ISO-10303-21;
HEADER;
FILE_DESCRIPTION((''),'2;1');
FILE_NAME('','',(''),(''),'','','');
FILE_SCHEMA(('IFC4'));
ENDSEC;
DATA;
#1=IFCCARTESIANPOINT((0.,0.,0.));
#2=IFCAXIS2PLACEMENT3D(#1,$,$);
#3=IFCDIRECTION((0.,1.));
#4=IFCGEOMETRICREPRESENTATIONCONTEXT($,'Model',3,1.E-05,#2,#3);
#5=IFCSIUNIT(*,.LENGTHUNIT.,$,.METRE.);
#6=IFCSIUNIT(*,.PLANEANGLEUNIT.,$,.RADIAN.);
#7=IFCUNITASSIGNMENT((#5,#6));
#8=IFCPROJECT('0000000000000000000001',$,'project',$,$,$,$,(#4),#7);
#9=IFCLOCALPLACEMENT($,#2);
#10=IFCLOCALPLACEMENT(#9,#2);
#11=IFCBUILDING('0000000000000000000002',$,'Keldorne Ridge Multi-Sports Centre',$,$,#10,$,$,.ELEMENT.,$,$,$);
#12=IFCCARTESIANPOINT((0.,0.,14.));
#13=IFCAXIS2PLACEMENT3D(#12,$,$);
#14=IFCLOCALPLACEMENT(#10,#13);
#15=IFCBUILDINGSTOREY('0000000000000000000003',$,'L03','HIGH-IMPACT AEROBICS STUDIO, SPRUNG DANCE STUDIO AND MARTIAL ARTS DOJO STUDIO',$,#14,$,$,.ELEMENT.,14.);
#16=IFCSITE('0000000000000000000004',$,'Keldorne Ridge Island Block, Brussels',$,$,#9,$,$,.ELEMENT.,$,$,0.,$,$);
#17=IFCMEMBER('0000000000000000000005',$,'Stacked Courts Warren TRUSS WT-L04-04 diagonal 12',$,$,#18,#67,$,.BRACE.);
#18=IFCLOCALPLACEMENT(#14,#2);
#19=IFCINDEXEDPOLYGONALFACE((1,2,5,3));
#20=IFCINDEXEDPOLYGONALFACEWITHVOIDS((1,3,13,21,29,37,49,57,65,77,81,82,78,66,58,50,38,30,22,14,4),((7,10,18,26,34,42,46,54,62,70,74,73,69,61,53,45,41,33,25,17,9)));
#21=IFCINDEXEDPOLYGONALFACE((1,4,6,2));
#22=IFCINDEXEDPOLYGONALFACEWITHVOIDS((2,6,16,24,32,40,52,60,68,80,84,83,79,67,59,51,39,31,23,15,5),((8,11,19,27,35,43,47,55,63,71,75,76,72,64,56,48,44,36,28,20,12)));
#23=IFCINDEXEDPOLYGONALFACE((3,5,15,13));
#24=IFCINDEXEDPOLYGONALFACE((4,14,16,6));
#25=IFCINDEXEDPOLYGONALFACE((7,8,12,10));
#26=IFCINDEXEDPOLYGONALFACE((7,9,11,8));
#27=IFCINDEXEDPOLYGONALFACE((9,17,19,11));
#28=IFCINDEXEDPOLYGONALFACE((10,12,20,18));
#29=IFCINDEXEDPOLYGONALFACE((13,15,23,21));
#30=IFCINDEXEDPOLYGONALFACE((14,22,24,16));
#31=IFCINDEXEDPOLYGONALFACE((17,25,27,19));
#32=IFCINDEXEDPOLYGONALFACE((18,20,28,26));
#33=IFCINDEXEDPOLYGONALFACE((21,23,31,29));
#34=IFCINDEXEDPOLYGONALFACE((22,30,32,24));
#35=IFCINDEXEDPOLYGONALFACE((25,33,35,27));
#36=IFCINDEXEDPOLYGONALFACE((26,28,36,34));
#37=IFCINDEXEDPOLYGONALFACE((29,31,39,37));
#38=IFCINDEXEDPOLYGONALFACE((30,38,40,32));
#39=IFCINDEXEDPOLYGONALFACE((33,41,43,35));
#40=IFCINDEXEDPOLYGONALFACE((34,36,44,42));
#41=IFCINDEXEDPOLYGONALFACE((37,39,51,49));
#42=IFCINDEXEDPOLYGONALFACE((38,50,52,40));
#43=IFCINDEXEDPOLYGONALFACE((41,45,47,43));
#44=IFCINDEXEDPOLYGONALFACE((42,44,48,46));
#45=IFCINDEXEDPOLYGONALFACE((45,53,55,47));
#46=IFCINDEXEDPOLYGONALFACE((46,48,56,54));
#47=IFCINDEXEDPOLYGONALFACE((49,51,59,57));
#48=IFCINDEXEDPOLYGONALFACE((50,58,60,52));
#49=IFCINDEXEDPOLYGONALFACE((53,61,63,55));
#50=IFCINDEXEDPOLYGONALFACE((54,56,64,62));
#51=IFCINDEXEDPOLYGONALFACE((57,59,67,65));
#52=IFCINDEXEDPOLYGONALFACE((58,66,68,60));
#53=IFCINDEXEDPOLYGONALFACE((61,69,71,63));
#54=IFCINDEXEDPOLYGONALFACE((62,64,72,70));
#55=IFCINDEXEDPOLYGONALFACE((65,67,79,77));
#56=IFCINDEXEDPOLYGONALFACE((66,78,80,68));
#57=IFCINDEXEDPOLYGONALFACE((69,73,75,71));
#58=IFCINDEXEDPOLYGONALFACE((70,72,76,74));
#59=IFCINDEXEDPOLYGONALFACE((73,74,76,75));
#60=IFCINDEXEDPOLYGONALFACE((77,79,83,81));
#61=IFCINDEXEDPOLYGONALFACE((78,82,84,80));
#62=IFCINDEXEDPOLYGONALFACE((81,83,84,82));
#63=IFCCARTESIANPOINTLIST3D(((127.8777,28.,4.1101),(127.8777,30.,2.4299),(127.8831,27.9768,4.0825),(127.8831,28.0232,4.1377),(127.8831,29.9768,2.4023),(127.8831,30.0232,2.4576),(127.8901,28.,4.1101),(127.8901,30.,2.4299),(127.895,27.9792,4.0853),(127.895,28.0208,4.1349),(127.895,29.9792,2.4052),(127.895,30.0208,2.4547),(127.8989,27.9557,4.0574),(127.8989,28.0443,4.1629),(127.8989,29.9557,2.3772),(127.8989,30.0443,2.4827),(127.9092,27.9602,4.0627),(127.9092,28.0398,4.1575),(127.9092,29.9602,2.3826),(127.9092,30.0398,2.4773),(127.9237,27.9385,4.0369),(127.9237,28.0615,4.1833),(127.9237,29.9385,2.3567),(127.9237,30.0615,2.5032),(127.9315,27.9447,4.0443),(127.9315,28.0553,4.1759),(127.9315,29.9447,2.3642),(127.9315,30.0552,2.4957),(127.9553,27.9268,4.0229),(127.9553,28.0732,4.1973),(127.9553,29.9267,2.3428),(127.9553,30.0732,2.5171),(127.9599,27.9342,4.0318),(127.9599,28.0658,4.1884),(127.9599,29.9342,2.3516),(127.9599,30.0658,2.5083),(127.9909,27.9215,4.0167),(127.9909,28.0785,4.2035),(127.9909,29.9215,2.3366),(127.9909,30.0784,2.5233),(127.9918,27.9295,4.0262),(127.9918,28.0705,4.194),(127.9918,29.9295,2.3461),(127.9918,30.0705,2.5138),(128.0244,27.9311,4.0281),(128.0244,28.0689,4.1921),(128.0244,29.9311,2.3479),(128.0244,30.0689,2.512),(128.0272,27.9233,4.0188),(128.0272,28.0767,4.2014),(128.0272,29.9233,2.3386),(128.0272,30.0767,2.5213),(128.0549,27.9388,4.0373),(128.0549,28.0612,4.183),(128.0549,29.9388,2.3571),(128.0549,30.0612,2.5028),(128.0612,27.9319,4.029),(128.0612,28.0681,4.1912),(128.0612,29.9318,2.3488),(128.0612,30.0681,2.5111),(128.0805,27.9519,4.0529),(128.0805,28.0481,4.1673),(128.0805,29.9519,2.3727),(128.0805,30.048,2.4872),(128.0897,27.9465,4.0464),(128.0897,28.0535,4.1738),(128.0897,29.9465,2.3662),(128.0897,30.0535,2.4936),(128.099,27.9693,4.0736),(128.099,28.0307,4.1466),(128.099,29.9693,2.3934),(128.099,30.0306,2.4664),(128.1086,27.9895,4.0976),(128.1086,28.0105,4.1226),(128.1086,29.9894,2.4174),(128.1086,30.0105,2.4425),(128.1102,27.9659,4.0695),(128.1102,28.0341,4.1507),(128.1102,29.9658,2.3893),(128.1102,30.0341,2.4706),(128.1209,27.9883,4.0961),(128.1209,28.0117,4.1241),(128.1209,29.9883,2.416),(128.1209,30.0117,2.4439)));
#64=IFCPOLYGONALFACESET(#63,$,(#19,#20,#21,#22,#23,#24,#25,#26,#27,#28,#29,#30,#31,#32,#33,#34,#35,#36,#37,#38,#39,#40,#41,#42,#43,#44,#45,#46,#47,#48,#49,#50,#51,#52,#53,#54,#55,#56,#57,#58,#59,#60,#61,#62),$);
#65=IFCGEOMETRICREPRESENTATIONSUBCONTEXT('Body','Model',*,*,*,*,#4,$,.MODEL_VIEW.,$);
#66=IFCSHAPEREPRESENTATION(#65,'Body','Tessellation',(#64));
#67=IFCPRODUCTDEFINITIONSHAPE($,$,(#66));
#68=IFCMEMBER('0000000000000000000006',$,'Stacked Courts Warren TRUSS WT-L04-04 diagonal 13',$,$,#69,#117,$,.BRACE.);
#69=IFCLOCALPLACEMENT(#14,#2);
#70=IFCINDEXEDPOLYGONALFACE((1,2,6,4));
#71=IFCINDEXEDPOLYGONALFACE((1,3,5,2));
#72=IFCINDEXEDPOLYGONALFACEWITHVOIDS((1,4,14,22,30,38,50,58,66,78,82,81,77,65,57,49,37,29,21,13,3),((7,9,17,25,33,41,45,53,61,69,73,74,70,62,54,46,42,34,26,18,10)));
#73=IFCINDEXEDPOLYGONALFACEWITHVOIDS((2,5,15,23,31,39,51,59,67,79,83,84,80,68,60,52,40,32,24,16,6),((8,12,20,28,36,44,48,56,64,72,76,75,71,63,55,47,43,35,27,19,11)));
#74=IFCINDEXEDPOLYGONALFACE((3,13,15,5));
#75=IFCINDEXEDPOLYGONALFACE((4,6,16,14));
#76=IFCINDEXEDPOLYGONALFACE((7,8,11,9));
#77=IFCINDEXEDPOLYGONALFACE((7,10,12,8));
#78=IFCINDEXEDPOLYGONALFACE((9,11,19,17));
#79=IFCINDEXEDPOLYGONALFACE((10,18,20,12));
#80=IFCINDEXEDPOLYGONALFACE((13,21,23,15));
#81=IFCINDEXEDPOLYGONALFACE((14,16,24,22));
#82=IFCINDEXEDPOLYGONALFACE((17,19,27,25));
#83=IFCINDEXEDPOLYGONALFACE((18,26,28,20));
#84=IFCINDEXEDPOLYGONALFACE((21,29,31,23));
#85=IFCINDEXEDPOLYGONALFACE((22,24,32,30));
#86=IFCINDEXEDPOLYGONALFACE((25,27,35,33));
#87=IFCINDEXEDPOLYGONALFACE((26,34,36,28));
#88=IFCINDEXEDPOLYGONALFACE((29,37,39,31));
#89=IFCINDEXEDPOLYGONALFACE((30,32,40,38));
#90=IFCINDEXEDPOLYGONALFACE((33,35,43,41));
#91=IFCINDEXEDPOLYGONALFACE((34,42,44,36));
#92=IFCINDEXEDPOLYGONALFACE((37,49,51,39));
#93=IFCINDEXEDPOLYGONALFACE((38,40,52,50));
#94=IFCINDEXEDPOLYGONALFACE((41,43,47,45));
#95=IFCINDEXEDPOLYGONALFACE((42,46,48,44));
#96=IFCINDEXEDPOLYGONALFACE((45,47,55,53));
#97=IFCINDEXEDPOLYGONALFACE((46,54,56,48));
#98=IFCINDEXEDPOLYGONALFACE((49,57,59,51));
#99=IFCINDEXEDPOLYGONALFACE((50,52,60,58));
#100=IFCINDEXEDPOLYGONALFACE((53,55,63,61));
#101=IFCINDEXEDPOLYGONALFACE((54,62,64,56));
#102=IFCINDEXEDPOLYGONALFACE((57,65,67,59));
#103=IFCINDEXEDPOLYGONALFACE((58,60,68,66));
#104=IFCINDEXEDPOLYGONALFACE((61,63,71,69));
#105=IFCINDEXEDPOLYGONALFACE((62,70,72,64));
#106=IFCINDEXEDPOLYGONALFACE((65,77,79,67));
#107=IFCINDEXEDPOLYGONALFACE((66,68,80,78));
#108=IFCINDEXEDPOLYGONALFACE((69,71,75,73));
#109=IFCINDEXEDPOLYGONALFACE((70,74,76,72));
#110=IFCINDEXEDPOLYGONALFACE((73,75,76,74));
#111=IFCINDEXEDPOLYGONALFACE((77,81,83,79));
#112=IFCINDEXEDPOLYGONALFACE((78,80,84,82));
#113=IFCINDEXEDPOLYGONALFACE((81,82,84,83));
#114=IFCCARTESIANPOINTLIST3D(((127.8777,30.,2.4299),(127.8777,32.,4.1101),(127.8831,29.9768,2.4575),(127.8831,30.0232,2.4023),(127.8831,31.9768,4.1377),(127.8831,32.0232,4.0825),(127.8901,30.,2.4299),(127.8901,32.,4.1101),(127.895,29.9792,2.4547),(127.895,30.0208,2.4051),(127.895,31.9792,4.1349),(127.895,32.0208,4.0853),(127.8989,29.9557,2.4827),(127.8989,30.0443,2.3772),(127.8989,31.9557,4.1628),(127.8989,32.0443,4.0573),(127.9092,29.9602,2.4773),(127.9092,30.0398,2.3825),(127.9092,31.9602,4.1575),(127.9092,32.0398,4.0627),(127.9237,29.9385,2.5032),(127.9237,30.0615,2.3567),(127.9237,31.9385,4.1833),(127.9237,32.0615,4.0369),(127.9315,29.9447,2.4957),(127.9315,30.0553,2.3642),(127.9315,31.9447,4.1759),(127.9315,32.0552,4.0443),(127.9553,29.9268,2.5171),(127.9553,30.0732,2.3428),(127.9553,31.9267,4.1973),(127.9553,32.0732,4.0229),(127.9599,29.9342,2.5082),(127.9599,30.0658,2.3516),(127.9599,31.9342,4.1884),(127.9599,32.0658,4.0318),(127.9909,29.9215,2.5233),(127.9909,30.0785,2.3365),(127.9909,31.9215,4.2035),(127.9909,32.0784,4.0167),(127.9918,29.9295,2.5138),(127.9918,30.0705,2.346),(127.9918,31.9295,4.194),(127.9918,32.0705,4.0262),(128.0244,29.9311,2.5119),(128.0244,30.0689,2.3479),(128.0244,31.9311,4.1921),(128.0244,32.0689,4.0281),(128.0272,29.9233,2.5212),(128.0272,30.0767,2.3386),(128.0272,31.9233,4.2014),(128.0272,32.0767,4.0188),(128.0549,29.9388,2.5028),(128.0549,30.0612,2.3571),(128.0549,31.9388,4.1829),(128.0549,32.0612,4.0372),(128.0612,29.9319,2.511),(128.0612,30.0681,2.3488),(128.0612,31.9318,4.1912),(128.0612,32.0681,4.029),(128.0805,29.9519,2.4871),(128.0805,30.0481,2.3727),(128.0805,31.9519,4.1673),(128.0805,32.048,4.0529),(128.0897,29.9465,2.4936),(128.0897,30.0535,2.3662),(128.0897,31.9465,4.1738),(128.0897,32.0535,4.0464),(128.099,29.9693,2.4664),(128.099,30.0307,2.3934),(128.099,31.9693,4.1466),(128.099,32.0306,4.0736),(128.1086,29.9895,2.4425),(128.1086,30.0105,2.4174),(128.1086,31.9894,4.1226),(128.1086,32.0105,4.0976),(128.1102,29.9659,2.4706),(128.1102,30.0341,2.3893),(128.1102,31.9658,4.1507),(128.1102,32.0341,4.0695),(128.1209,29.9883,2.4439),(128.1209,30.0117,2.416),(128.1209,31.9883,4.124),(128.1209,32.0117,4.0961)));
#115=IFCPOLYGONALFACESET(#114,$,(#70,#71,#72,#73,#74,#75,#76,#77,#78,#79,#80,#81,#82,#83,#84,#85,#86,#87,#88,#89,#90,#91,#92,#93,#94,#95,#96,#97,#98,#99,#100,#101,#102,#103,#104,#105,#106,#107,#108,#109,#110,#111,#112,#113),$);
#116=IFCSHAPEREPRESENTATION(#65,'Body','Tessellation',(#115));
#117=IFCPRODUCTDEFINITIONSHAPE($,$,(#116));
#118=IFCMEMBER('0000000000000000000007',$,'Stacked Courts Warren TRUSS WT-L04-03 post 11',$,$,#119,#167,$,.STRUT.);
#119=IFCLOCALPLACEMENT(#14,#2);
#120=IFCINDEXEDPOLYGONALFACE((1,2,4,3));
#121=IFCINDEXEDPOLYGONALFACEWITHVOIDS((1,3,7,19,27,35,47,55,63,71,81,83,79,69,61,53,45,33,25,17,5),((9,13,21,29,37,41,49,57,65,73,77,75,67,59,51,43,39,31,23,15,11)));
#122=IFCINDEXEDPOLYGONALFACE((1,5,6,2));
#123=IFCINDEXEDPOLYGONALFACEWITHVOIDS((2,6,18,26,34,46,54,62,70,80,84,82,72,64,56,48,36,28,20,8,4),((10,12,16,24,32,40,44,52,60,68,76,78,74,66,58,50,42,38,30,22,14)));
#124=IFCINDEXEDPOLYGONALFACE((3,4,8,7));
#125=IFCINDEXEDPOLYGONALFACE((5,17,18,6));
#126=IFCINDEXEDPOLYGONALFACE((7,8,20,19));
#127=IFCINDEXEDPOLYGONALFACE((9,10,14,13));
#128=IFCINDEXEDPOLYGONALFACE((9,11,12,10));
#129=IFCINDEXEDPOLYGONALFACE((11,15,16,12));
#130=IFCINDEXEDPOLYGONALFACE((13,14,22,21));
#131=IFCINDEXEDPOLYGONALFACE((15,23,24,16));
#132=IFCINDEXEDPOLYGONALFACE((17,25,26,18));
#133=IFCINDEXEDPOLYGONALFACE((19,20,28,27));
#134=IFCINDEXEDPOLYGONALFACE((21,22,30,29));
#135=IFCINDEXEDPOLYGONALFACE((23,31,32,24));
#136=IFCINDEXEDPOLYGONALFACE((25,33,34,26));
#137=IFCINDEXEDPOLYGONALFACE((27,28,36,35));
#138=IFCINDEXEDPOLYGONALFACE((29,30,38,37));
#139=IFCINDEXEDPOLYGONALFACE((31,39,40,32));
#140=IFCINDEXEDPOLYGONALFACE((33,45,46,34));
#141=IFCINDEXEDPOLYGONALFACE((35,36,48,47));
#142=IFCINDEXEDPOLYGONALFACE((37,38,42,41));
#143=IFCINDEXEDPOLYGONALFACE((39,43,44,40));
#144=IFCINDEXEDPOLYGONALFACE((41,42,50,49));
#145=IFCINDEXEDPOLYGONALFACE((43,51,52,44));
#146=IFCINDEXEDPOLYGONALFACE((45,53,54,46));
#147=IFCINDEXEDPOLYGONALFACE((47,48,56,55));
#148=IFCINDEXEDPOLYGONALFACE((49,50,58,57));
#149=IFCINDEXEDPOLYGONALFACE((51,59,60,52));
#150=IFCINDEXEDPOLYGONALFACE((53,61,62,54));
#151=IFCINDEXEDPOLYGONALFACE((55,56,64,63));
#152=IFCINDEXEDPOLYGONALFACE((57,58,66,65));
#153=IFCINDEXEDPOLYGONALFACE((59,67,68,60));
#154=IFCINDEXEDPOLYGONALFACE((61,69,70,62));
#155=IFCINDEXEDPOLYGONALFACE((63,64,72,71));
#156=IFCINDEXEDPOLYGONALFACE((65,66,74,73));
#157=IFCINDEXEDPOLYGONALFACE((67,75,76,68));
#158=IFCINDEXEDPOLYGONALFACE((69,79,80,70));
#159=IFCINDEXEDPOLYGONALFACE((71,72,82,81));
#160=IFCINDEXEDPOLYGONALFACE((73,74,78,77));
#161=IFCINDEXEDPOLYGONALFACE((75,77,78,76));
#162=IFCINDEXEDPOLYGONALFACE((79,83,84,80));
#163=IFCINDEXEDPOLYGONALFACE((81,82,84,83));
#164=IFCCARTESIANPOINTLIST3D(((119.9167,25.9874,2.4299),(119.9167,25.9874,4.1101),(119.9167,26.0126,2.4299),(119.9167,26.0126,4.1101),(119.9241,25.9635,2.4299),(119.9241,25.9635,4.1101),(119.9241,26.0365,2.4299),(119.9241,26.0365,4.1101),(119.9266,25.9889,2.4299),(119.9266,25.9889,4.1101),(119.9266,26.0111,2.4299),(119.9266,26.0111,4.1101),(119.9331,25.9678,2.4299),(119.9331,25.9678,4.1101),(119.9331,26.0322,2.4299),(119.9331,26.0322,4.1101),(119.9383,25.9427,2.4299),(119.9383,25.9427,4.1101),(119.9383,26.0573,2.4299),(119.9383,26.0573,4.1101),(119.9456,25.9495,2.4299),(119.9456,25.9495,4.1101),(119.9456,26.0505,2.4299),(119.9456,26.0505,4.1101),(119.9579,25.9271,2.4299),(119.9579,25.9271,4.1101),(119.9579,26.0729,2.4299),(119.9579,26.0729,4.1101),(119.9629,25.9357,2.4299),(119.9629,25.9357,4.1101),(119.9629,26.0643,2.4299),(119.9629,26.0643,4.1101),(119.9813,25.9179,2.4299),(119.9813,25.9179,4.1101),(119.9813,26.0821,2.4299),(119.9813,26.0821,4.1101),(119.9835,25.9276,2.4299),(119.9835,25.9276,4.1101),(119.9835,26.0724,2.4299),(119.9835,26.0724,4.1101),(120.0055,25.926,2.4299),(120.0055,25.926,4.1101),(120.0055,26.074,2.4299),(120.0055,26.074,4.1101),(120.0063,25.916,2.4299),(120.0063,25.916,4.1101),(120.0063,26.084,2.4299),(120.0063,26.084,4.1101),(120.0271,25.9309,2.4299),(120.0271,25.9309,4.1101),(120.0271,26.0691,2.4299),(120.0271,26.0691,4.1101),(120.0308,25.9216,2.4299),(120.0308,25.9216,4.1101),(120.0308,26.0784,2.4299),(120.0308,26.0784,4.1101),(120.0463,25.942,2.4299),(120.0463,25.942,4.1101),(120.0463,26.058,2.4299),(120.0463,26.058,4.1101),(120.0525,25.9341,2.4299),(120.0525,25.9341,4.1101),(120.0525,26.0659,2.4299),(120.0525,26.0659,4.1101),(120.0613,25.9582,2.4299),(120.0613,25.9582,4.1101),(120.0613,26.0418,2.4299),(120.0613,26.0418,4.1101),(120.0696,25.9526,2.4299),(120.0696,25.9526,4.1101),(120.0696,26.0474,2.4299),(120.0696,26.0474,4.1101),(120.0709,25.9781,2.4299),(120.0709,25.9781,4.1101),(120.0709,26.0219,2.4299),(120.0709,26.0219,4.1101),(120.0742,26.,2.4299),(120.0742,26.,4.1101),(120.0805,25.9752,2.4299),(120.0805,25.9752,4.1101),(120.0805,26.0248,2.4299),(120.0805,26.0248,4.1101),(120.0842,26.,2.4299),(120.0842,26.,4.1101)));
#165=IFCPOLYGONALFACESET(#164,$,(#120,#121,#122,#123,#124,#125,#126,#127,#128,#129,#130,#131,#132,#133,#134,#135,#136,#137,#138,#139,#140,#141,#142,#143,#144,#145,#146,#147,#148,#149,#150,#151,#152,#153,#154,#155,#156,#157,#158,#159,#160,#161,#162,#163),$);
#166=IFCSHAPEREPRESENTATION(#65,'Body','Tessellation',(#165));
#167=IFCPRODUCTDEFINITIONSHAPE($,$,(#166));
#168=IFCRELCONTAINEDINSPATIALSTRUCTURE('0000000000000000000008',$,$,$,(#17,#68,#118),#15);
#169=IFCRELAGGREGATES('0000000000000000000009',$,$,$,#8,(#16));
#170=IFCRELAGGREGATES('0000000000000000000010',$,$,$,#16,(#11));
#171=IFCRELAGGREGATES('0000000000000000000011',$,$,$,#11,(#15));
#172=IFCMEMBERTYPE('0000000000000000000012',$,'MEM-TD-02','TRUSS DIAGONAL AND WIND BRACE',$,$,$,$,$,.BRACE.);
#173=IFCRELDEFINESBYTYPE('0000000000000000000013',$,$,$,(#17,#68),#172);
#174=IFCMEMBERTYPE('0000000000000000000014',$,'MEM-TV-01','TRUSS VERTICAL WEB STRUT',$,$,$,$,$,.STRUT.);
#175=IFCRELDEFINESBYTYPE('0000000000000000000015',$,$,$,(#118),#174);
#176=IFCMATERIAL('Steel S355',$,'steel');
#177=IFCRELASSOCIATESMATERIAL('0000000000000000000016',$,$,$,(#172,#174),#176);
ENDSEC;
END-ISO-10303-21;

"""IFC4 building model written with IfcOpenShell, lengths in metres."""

from ifc_helpers import new_model, si_unit, direction, frame, origin, origin_2d, place, context, subcontext, project, spatial, hollow_circle, extrude, material, material_profile, profile_set, type_object, element, save


model = new_model("IFC4")

# Units and contexts
model_context = context("Model", 3, precision=1e-05, world=origin(), true_north=direction((0.0, 1.0)))
body_context = subcontext(model_context, "Body", "Model", "MODEL_VIEW")
ifc_project = project(units=[si_unit("LENGTHUNIT", "METRE"), si_unit("PLANEANGLEUNIT", "RADIAN")], contexts=[model_context])

# Site, building, storey
site_placement = place(None, origin())
site = spatial("IfcSite", under=ifc_project, at=site_placement, Name="Keldorne Ridge Island Block, Brussels", CompositionType="ELEMENT", RefElevation=0.0)
building_placement = place(site_placement, origin())
building = spatial("IfcBuilding", under=site, at=building_placement, Name="Keldorne Ridge Multi-Sports Centre", CompositionType="ELEMENT")
storey_placement = place(building_placement, frame((0.0, 0.0, 14.0)))
storey = spatial("IfcBuildingStorey", under=building, at=storey_placement, Name="L03", Description="HIGH-IMPACT AEROBICS STUDIO, SPRUNG DANCE STUDIO AND MARTIAL ARTS DOJO STUDIO", CompositionType="ELEMENT", Elevation=14.0)

# Members
ifc_material = material(Name="Steel S355", Category="steel")
ifc_material_profile_1 = material_profile(ifc_material, hollow_circle(Radius=0.1223, WallThickness=0.0125, at=origin_2d()), Name="CHS 244.5x12.5")
ifc_profile_set_1 = profile_set([ifc_material_profile_1], Name="Steel S355")
member_type_1 = type_object("IfcMemberType", Name="MEM-TD-02", Description="TRUSS DIAGONAL AND WIND BRACE", PredefinedType="BRACE", material=ifc_profile_set_1)
for number, where, z_axis, x_axis, name in (
    (1, (128.0, 28.0, 4.1101), (0.0, 0.765672, -0.643232), (-1.0, 0.0, 0.0), "Stacked Courts Warren TRUSS WT-L04-04 diagonal 12"),
    (2, (128.0, 30.0, 2.4299), (0.0, 0.765672, 0.643232), (-1.0, 0.0, 0.0), "Stacked Courts Warren TRUSS WT-L04-04 diagonal 13"),
):
    element("IfcMember", number, at=place(storey_placement, frame(where, z_axis=z_axis, x_axis=x_axis)), inside=storey, type_object=member_type_1, Name=name, PredefinedType="BRACE", context=body_context, shape_type="SweptSolid", body=[
        extrude(hollow_circle(Radius=0.1223, WallThickness=0.0125, at=origin_2d()), origin(), (0.0, 0.0, 1.0), 2.6121),
    ])
ifc_material_profile_2 = material_profile(ifc_material, hollow_circle(Radius=0.0842, WallThickness=0.01, at=origin_2d()), Name="CHS 168.3x10")
ifc_profile_set_2 = profile_set([ifc_material_profile_2], Name="Steel S355")
member_type_2 = type_object("IfcMemberType", Name="MEM-TV-01", Description="TRUSS VERTICAL WEB STRUT", PredefinedType="STRUT", material=ifc_profile_set_2)
for number, where, z_axis, x_axis, name in (
    (3, (120.0, 26.0, 2.4299), (0.0, 0.0, 1.0), (1.0, 0.0, 0.0), "Stacked Courts Warren TRUSS WT-L04-03 post 11"),
):
    element("IfcMember", number, at=place(storey_placement, frame(where, z_axis=z_axis, x_axis=x_axis)), inside=storey, type_object=member_type_2, Name=name, PredefinedType="STRUT", context=body_context, shape_type="SweptSolid", body=[
        extrude(hollow_circle(Radius=0.0842, WallThickness=0.01, at=origin_2d()), origin(), (0.0, 0.0, 1.0), 1.6802),
    ])

save(model, "model.ifc")
